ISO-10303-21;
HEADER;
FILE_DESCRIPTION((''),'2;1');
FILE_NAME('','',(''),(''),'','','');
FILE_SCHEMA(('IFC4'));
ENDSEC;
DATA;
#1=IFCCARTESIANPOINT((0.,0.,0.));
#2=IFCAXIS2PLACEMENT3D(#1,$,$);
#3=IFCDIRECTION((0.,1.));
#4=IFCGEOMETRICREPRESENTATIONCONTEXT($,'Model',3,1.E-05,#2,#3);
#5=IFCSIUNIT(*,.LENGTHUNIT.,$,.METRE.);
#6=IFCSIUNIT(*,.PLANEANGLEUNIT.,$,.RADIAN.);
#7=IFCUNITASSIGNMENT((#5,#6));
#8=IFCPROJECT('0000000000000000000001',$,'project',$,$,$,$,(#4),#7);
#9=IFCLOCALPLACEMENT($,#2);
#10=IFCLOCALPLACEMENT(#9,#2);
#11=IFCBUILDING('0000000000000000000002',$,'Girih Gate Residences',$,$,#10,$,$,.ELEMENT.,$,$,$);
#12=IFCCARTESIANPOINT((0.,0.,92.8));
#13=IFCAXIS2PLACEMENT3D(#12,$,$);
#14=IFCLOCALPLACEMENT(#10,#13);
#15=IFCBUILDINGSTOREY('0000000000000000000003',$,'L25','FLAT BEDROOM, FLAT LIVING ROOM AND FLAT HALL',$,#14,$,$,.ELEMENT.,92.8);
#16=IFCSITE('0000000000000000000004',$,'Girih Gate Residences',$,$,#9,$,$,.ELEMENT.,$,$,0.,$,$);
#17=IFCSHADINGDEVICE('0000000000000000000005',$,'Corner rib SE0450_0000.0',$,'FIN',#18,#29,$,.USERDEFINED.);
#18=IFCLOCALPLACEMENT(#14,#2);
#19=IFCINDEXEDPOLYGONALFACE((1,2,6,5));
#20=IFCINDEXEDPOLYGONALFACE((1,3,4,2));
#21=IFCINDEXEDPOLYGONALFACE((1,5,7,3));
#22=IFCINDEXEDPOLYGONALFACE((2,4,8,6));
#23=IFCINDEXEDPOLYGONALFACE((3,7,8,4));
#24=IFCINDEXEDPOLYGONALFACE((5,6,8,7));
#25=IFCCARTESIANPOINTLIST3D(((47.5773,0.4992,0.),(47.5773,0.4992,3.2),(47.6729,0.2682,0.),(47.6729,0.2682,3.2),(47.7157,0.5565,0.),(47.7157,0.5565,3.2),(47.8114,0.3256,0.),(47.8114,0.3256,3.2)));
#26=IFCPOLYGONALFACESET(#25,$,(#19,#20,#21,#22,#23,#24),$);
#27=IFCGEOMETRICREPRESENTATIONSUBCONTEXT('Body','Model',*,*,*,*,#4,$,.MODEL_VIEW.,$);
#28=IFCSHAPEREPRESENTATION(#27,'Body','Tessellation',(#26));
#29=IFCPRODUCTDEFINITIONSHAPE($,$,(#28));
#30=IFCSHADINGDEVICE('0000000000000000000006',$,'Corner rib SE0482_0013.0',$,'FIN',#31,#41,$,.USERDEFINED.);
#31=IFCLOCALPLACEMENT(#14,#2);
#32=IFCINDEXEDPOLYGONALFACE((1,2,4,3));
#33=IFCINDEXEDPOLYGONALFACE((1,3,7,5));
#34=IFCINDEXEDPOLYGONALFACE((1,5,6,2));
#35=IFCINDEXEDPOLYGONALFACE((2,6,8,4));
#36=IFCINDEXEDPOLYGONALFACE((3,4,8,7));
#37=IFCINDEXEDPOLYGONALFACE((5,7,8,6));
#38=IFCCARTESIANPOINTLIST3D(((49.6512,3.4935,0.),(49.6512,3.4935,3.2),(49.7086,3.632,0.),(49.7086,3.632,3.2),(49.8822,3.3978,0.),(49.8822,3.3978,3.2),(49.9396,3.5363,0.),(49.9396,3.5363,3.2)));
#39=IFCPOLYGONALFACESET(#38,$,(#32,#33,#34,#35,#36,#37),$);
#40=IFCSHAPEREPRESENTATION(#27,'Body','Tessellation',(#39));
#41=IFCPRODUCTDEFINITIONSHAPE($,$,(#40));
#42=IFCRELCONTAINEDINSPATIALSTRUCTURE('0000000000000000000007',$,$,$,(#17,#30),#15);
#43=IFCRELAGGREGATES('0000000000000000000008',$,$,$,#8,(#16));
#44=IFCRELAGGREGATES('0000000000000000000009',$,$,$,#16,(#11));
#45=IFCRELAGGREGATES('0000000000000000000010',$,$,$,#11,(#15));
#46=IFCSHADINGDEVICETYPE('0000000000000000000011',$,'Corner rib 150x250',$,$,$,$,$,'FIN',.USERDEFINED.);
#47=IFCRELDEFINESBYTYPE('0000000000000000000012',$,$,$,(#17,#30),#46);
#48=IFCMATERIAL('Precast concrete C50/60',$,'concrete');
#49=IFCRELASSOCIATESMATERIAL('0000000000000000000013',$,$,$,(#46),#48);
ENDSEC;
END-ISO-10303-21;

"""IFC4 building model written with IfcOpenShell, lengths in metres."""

from ifc_helpers import new_model, si_unit, direction, frame, origin, origin_2d, place, context, subcontext, project, spatial, rectangle, extrude, material, type_object, element, save


model = new_model("IFC4")

# Units and contexts
model_context = context("Model", 3, precision=1e-05, world=origin(), true_north=direction((0.0, 1.0)))
body_context = subcontext(model_context, "Body", "Model", "MODEL_VIEW")
ifc_project = project(units=[si_unit("LENGTHUNIT", "METRE"), si_unit("PLANEANGLEUNIT", "RADIAN")], contexts=[model_context])

# Site, building, storey
site_placement = place(None, origin())
site = spatial("IfcSite", under=ifc_project, at=site_placement, Name="Girih Gate Residences", CompositionType="ELEMENT", RefElevation=0.0)
building_placement = place(site_placement, origin())
building = spatial("IfcBuilding", under=site, at=building_placement, Name="Girih Gate Residences", CompositionType="ELEMENT")
storey_placement = place(building_placement, frame((0.0, 0.0, 92.8)))
storey = spatial("IfcBuildingStorey", under=building, at=storey_placement, Name="L25", Description="FLAT BEDROOM, FLAT LIVING ROOM AND FLAT HALL", CompositionType="ELEMENT", Elevation=92.8)

# Shared definitions
ifc_material_1 = material(Name="Precast concrete C50/60", Category="concrete")

# Shading devices
shading_device_type = type_object("IfcShadingDeviceType", Name="Corner rib 150x250", ElementType="FIN", PredefinedType="USERDEFINED", material=ifc_material_1)
for number, where, z_axis, x_axis, name in (
    (1, (47.6943, 0.4124, 0.0), (0.0, 0.0, 1.0), (0.92388, 0.382683, 0.0), "Corner rib SE0450_0000.0"),
    (2, (49.7954, 3.5149, 0.0), (0.0, 0.0, 1.0), (0.382683, 0.92388, 0.0), "Corner rib SE0482_0013.0"),
):
    element("IfcShadingDevice", number, at=place(storey_placement, frame(where, z_axis=z_axis, x_axis=x_axis)), inside=storey, type_object=shading_device_type, Name=name, ObjectType="FIN", PredefinedType="USERDEFINED", context=body_context, shape_type="SweptSolid", body=[
        extrude(rectangle(XDim=0.1499, YDim=0.25, at=origin_2d()), origin(), (0.0, 0.0, 1.0), 3.2),
    ])

save(model, "model.ifc")
